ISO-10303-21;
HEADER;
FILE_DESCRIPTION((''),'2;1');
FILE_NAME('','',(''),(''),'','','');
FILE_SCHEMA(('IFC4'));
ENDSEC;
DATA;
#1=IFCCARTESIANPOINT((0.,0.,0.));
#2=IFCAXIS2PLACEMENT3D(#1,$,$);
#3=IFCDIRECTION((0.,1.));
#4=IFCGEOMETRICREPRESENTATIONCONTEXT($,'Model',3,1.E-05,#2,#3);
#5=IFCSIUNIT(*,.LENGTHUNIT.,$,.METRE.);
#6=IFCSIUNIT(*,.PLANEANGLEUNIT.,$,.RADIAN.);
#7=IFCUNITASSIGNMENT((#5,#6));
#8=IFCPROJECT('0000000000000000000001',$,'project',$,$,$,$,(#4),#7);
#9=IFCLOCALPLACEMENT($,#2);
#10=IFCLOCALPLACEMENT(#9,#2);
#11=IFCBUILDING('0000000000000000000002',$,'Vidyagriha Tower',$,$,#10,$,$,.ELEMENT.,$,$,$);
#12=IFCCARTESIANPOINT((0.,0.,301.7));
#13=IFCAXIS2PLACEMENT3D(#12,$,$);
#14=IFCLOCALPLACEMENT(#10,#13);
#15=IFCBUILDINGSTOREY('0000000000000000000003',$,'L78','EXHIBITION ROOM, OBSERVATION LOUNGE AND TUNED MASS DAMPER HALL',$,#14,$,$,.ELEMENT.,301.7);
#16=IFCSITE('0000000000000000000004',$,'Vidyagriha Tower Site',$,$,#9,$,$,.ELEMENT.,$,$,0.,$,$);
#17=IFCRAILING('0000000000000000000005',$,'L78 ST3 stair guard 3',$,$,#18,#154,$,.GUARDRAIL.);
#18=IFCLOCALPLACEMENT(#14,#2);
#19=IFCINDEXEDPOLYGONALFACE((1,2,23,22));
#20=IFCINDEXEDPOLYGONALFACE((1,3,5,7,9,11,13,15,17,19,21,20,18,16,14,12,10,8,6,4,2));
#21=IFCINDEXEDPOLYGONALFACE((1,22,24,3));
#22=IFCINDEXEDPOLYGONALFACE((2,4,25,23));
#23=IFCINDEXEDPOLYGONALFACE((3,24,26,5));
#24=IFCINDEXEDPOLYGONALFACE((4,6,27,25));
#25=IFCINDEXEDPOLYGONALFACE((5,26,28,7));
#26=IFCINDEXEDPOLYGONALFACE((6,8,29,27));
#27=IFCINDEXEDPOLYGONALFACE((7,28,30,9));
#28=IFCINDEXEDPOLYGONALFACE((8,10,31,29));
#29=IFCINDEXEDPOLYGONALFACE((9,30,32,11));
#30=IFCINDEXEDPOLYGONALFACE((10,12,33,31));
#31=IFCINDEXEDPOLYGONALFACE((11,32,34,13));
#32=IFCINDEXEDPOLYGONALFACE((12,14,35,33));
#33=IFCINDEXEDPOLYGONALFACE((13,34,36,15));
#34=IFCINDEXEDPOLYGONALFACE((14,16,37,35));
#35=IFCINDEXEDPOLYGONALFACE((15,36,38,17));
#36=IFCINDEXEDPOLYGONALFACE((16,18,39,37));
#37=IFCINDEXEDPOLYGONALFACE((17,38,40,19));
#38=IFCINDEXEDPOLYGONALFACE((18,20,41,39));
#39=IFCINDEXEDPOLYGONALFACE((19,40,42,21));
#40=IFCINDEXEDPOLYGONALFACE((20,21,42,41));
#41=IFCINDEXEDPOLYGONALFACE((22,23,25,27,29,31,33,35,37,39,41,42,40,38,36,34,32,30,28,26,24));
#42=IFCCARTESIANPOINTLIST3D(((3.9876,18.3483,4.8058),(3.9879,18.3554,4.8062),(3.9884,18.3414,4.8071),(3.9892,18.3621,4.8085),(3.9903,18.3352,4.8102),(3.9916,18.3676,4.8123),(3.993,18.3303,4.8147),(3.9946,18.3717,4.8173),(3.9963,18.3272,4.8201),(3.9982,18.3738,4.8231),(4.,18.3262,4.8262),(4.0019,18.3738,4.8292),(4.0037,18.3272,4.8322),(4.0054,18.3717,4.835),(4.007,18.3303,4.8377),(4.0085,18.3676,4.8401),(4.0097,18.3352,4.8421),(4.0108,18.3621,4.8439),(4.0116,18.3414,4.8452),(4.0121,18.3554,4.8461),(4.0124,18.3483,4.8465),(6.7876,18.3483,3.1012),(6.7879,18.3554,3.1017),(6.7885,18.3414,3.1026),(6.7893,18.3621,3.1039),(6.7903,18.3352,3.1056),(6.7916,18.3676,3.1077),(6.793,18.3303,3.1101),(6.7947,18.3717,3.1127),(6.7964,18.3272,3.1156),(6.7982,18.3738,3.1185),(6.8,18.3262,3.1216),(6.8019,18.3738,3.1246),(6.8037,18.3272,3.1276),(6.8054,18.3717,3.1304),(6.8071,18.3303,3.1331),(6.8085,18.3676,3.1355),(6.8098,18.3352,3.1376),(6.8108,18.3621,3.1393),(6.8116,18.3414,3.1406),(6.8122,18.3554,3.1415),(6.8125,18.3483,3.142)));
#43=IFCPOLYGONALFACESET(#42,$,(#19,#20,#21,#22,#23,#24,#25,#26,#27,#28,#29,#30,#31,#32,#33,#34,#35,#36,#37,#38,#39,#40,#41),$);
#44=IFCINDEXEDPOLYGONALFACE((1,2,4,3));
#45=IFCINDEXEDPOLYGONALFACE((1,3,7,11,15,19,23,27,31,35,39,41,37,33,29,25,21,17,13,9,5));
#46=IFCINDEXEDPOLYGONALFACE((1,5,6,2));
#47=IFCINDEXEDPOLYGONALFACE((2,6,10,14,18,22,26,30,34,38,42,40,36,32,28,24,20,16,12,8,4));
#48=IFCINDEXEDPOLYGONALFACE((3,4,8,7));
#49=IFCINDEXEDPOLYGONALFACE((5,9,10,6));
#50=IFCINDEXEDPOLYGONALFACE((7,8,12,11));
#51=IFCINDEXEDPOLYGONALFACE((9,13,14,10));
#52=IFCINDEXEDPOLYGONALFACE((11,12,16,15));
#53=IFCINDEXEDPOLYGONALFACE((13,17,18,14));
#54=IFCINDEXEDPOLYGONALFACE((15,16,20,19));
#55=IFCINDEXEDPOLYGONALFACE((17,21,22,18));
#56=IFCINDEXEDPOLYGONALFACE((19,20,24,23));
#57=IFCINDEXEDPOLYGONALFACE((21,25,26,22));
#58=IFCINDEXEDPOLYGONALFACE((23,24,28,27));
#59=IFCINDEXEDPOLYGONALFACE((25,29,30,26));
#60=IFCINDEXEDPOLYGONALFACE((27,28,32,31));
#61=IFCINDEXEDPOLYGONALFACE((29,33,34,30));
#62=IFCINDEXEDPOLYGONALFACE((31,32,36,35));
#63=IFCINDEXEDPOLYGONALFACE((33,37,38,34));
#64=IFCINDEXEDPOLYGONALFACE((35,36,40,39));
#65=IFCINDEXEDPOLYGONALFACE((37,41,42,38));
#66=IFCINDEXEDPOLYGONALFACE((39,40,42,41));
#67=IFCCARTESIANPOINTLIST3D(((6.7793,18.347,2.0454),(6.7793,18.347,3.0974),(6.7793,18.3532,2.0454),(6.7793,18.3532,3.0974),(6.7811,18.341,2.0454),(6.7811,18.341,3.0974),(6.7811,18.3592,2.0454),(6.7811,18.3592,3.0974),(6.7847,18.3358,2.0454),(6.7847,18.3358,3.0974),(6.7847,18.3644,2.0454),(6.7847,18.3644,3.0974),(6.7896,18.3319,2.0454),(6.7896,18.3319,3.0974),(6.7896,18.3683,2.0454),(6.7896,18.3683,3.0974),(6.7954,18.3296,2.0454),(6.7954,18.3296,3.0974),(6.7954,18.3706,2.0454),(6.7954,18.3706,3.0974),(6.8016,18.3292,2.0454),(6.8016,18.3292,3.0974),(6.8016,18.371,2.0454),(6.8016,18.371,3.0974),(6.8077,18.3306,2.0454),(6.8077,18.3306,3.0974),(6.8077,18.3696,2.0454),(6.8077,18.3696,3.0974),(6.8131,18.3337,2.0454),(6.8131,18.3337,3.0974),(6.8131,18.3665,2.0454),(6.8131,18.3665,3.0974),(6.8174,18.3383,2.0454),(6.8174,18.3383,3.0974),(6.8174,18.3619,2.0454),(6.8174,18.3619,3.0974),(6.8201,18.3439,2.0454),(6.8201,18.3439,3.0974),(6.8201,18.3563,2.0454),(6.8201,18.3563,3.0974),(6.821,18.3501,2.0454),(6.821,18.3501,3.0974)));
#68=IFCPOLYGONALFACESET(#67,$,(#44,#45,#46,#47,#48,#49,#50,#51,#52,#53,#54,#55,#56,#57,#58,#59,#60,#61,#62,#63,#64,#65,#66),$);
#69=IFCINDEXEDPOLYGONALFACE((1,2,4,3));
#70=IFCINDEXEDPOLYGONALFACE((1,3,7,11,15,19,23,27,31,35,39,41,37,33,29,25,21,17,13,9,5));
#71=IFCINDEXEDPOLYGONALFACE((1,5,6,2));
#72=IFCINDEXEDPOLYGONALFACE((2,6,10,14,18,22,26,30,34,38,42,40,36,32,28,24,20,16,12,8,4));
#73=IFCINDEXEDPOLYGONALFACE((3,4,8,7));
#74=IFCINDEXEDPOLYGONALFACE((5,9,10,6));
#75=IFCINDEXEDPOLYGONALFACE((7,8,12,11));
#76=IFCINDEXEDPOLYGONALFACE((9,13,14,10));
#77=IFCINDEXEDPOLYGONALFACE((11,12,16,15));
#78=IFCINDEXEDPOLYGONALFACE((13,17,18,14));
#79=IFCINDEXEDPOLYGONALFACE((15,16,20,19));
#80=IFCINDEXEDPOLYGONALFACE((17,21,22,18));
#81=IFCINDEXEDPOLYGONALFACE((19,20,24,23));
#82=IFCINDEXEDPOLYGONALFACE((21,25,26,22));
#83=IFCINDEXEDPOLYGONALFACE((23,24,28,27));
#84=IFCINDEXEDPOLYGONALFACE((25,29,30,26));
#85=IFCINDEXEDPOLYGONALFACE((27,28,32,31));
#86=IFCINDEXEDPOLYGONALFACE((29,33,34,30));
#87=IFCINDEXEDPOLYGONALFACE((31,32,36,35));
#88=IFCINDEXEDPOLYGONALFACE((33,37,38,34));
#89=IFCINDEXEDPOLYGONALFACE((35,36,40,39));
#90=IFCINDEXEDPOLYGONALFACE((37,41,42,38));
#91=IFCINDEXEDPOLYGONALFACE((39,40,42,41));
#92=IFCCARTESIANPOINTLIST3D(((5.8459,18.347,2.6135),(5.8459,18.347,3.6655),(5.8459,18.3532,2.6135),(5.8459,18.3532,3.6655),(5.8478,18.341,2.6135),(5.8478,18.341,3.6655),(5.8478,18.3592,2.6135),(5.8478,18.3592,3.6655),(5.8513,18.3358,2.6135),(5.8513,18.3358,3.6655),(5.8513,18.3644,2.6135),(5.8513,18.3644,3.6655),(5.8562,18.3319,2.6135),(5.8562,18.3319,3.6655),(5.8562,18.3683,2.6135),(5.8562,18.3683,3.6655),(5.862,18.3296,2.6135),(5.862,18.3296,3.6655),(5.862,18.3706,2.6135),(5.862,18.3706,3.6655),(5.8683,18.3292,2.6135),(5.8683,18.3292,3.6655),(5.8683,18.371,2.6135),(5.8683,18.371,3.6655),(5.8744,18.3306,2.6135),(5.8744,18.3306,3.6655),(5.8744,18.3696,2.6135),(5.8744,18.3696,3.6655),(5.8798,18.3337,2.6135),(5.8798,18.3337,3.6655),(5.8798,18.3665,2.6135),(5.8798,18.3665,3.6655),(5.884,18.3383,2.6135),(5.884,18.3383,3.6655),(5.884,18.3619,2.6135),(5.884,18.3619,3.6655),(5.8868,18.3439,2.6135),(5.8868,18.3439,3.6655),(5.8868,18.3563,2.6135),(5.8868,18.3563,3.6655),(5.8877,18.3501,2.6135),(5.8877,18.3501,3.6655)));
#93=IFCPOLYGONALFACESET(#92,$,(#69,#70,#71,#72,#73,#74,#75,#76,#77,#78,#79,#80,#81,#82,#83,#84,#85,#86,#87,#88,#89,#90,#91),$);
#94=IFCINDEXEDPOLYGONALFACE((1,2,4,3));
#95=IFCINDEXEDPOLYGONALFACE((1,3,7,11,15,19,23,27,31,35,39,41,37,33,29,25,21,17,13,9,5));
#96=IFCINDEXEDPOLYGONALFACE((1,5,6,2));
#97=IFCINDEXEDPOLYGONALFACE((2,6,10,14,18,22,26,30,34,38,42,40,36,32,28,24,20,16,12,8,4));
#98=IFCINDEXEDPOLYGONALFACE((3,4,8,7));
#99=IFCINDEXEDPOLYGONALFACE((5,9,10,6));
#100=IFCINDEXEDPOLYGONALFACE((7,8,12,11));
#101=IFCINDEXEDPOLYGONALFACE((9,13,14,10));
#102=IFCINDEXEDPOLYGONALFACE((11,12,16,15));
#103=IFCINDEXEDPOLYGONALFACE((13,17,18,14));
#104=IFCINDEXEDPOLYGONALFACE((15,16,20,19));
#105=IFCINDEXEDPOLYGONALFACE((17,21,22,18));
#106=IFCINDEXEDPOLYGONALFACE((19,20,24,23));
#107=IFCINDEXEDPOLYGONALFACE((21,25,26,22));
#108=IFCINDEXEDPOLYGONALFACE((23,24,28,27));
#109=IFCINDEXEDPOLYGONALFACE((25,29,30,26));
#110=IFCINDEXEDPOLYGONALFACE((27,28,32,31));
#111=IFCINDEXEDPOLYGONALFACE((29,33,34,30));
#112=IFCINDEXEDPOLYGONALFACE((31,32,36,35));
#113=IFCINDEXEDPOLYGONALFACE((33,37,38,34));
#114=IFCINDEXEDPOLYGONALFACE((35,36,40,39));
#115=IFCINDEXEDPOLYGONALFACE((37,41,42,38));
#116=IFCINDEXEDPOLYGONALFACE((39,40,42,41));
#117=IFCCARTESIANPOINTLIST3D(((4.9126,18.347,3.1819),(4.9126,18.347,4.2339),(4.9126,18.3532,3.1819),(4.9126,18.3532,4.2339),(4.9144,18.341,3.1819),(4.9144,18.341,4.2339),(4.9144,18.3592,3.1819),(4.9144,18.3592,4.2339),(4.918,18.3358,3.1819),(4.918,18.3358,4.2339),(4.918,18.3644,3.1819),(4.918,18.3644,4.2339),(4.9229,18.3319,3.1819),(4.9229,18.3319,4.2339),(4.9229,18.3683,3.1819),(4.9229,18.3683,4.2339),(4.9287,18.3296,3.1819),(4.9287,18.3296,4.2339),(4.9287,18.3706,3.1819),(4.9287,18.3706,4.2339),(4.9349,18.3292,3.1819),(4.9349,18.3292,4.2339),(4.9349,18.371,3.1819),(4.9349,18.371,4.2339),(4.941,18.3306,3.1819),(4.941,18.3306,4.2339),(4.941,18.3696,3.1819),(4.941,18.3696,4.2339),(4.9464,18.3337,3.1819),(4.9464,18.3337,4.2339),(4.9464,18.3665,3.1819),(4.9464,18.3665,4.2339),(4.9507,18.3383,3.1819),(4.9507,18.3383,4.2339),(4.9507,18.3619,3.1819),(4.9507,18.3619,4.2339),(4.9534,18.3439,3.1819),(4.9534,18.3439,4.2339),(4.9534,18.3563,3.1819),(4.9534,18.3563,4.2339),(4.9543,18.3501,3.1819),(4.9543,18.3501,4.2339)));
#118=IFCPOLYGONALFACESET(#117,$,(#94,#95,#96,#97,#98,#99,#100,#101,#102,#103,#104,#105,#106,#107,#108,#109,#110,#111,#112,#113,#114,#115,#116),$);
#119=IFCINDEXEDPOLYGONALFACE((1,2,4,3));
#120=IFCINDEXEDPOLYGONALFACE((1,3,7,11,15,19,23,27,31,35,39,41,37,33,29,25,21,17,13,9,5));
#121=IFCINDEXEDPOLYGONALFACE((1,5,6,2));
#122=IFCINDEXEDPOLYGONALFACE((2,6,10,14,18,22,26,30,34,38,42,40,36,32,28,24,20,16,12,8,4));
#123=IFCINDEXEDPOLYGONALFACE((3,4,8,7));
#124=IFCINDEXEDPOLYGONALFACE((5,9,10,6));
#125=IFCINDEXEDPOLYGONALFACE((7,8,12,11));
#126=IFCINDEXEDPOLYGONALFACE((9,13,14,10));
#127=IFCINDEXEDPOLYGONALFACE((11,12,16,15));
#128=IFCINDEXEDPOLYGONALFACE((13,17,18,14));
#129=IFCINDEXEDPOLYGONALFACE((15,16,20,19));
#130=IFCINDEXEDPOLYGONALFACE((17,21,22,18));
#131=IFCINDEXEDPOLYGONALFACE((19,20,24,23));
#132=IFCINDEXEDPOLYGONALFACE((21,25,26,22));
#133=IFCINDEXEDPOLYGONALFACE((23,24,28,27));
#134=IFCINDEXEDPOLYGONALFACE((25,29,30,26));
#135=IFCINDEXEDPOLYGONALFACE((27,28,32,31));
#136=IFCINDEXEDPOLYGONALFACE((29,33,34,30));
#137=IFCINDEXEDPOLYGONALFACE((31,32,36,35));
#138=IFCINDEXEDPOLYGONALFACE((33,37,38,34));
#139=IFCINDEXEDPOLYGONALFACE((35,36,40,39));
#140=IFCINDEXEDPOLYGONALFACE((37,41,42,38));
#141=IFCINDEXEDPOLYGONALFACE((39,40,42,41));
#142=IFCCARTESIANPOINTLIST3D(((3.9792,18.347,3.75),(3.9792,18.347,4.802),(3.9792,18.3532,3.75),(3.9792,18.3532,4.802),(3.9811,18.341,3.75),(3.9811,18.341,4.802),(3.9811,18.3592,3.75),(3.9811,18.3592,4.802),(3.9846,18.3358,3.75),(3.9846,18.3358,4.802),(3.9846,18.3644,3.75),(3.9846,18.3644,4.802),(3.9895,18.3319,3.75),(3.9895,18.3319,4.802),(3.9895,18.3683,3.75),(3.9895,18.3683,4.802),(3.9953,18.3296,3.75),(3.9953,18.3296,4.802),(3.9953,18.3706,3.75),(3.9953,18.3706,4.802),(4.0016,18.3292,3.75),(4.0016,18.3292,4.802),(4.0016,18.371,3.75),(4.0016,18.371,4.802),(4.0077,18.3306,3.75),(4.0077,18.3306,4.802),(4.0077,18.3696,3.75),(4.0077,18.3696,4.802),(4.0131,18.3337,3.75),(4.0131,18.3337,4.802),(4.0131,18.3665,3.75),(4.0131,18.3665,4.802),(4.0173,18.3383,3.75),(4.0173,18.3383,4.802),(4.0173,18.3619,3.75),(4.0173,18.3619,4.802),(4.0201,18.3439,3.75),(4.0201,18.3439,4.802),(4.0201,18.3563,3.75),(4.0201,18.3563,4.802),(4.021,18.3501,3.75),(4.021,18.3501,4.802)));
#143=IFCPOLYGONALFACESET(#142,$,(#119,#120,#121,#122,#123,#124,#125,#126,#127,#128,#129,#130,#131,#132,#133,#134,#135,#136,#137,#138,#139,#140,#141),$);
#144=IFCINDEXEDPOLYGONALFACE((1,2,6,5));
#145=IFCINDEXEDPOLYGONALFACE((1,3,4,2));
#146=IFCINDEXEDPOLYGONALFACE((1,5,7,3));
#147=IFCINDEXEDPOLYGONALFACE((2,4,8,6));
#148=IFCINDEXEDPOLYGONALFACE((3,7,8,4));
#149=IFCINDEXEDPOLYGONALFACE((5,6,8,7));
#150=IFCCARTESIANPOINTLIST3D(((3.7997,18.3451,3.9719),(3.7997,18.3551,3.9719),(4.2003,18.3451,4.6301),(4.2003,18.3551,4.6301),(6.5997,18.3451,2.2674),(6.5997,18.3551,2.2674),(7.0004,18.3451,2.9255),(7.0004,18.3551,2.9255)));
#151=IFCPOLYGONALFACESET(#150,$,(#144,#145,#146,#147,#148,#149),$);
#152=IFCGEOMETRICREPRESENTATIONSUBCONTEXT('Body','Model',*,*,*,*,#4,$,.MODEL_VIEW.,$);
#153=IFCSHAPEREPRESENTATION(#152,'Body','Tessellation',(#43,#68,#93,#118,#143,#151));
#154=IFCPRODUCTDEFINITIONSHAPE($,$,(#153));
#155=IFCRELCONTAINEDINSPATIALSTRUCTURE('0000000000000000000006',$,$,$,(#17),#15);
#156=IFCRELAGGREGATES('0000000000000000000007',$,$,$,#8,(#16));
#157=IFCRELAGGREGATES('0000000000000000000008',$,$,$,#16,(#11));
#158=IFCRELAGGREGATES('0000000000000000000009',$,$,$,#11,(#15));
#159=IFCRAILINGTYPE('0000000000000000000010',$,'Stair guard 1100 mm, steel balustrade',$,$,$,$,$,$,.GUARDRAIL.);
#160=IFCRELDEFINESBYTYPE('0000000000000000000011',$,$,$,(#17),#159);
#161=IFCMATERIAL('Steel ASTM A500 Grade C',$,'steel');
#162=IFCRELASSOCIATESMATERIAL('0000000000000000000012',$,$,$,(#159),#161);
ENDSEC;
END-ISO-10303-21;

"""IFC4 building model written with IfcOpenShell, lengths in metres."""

from ifc_helpers import new_model, si_unit, direction, frame, origin, origin_2d, place, context, subcontext, project, spatial, rectangle, circle, extrude, material, type_object, element, save


model = new_model("IFC4")

# Units and contexts
model_context = context("Model", 3, precision=1e-05, world=origin(), true_north=direction((0.0, 1.0)))
body_context = subcontext(model_context, "Body", "Model", "MODEL_VIEW")
ifc_project = project(units=[si_unit("LENGTHUNIT", "METRE"), si_unit("PLANEANGLEUNIT", "RADIAN")], contexts=[model_context])

# Site, building, storey
site_placement = place(None, origin())
site = spatial("IfcSite", under=ifc_project, at=site_placement, Name="Vidyagriha Tower Site", CompositionType="ELEMENT", RefElevation=0.0)
building_placement = place(site_placement, origin())
building = spatial("IfcBuilding", under=site, at=building_placement, Name="Vidyagriha Tower", CompositionType="ELEMENT")
storey_placement = place(building_placement, frame((0.0, 0.0, 301.7)))
storey = spatial("IfcBuildingStorey", under=building, at=storey_placement, Name="L78", Description="EXHIBITION ROOM, OBSERVATION LOUNGE AND TUNED MASS DAMPER HALL", CompositionType="ELEMENT", Elevation=301.7)

# Railing
ifc_material_1 = material(Name="Steel ASTM A500 Grade C", Category="steel")
railing_type_1 = type_object("IfcRailingType", Name="Stair guard 1100 mm, steel balustrade", PredefinedType="GUARDRAIL", material=ifc_material_1)
railing_1_placement = place(storey_placement, frame((6.8, 18.3501, 2.0454)))
element("IfcRailing", 1, at=railing_1_placement, inside=storey, type_object=railing_type_1, Name="L78 ST3 stair guard 3", PredefinedType="GUARDRAIL", context=body_context, shape_type="SweptSolid", body=[
    extrude(circle(Radius=0.0239, at=origin_2d()), frame((0.0, 0.0, 1.0762), z_axis=(-0.85417, 0.0, 0.519994), x_axis=(0.0, -1.0, 0.0)), (0.0, 0.0, 1.0), 3.2781),
    extrude(circle(Radius=0.021, at=origin_2d()), origin(), (0.0, 0.0, 1.0), 1.052),
    extrude(circle(Radius=0.021, at=origin_2d()), frame((-0.9333, 0.0, 0.5681)), (0.0, 0.0, 1.0), 1.052),
    extrude(circle(Radius=0.021, at=origin_2d()), frame((-1.8667, 0.0, 1.1365)), (0.0, 0.0, 1.0), 1.052),
    extrude(circle(Radius=0.021, at=origin_2d()), frame((-2.8, 0.0, 1.7046)), (0.0, 0.0, 1.0), 1.052),
    extrude(rectangle(XDim=0.01, YDim=0.7705, at=origin_2d()), frame((0.0, 0.0, 0.551), z_axis=(-0.85417, 0.0, 0.519994), x_axis=(0.0, -1.0, 0.0)), (0.0, 0.0, 1.0), 3.2781),
])

save(model, "model.ifc")
